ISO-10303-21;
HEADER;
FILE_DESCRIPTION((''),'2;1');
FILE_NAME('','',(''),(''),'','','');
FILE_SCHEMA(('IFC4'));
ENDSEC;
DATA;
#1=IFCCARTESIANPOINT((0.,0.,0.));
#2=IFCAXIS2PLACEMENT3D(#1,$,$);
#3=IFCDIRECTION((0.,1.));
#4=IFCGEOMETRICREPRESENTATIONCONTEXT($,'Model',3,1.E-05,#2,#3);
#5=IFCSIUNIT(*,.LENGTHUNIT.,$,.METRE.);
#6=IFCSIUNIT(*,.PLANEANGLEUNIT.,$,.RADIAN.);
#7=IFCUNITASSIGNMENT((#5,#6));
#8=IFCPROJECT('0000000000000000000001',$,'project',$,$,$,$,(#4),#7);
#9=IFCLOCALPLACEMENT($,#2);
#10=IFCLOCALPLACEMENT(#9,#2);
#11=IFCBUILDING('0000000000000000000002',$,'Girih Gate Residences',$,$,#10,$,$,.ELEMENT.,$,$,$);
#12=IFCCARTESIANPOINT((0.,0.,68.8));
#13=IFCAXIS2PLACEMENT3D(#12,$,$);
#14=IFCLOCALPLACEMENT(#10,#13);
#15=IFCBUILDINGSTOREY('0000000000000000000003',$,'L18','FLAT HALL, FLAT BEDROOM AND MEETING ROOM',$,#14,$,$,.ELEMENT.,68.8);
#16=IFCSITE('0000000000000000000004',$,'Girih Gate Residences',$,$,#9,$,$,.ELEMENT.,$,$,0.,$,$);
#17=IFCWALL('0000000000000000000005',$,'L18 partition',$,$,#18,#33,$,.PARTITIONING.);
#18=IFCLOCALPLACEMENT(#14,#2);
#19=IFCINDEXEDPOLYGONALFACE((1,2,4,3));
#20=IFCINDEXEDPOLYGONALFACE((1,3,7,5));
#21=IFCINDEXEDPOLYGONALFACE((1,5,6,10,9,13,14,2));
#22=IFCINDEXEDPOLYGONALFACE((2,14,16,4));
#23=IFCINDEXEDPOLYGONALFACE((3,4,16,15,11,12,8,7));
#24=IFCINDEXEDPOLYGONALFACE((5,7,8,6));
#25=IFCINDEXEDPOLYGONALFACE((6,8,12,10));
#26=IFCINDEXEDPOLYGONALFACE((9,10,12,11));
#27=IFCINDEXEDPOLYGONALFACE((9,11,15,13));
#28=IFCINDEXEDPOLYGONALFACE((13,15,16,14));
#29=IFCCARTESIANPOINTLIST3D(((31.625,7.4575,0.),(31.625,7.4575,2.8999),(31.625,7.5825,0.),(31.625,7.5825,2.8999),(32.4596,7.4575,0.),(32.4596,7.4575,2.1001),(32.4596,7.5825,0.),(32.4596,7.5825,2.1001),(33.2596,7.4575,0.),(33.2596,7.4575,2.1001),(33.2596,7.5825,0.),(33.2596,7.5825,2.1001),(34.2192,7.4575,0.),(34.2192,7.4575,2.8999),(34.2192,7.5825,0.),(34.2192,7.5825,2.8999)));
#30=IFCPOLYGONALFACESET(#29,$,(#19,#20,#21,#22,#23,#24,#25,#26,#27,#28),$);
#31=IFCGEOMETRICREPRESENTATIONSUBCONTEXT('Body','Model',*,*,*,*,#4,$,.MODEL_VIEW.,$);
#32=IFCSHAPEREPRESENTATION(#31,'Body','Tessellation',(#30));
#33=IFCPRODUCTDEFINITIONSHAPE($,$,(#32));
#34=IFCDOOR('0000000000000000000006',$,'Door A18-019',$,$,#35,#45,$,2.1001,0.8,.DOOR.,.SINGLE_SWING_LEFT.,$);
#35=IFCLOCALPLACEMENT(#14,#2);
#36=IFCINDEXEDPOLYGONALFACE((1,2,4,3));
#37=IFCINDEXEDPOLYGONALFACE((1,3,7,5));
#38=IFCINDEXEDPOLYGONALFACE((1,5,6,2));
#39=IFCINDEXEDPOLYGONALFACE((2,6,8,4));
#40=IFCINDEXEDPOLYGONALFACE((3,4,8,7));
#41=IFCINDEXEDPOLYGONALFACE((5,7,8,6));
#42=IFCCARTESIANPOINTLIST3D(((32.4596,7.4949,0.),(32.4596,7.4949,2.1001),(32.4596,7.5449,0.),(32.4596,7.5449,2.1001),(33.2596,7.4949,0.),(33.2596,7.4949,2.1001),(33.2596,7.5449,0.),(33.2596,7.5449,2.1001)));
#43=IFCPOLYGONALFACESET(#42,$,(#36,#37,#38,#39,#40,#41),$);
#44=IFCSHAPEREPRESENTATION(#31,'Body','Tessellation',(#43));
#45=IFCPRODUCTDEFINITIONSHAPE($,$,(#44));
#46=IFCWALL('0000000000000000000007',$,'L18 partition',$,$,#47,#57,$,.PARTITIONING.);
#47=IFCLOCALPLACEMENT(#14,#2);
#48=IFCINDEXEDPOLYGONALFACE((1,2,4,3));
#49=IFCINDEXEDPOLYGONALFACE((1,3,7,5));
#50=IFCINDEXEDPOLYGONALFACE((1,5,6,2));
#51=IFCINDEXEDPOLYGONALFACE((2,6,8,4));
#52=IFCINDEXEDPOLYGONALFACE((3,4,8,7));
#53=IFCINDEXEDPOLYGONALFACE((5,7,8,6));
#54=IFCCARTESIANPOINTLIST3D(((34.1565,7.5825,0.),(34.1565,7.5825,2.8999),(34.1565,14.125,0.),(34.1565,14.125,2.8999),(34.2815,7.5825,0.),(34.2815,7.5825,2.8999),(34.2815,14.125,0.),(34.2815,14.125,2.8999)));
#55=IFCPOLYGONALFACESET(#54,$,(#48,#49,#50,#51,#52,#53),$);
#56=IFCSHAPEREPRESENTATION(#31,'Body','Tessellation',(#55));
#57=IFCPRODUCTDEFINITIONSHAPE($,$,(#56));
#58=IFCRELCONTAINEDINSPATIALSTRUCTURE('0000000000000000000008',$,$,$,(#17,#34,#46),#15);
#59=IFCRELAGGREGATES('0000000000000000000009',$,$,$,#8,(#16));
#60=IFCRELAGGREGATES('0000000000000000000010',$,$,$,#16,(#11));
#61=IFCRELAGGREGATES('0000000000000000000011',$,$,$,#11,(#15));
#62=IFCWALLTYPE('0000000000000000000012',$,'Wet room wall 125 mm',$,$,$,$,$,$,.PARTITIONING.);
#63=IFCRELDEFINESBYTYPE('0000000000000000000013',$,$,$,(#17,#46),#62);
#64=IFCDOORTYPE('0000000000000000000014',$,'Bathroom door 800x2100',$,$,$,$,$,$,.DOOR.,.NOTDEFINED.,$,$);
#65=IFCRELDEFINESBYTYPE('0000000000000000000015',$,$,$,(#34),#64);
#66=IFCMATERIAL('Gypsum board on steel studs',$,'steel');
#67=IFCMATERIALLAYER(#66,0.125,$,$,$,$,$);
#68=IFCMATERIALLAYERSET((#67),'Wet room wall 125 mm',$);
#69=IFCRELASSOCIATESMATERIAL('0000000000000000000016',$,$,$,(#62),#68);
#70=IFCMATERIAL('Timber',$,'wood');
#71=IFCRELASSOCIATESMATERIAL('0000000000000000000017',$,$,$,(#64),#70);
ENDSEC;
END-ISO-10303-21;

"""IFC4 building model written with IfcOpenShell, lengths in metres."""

from ifc_helpers import new_model, si_unit, direction, frame, frame_2d, origin, place, context, subcontext, project, spatial, rectangle, extrude, material, layer, layer_set, type_object, element, fill, save


model = new_model("IFC4")

# Units and contexts
model_context = context("Model", 3, precision=1e-05, world=origin(), true_north=direction((0.0, 1.0)))
body_context = subcontext(model_context, "Body", "Model", "MODEL_VIEW")
ifc_project = project(units=[si_unit("LENGTHUNIT", "METRE"), si_unit("PLANEANGLEUNIT", "RADIAN")], contexts=[model_context])

# Site, building, storey
site_placement = place(None, origin())
site = spatial("IfcSite", under=ifc_project, at=site_placement, Name="Girih Gate Residences", CompositionType="ELEMENT", RefElevation=0.0)
building_placement = place(site_placement, origin())
building = spatial("IfcBuilding", under=site, at=building_placement, Name="Girih Gate Residences", CompositionType="ELEMENT")
storey_placement = place(building_placement, frame((0.0, 0.0, 68.8)))
storey = spatial("IfcBuildingStorey", under=building, at=storey_placement, Name="L18", Description="FLAT HALL, FLAT BEDROOM AND MEETING ROOM", CompositionType="ELEMENT", Elevation=68.8)

# Shared definitions
ifc_material_1 = material(Name="Gypsum board on steel studs", Category="steel")

# Shared definitions
ifc_material_2 = material(Name="Timber", Category="wood")

# Wall, opening, door
ifc_layer_1 = layer(ifc_material_1, 0.125)
ifc_layer_set_1 = layer_set([ifc_layer_1], Name="Wet room wall 125 mm")
wall_type_1 = type_object("IfcWallType", Name="Wet room wall 125 mm", PredefinedType="PARTITIONING", material=ifc_layer_set_1)
wall_1_placement = place(storey_placement, frame((31.625, 7.52, 0.0), z_axis=(0.0, 0.0, 1.0), x_axis=(1.0, 0.0, 0.0)))
wall_1 = element("IfcWall", 1, at=wall_1_placement, inside=storey, type_object=wall_type_1, Name="L18 partition", PredefinedType="PARTITIONING", context=body_context, shape_type="SweptSolid", body=[
    extrude(rectangle(XDim=2.5942, YDim=0.125, at=frame_2d((1.2971, 0.0))), origin(), (0.0, 0.0, 1.0), 2.8999),
])
opening_1_placement = place(wall_1_placement, frame((0.8347, 0.0, 0.0)))
opening_1 = element("IfcOpeningElement", 2, at=opening_1_placement, cuts=wall_1, PredefinedType="OPENING", context=body_context, shape_type="SweptSolid", body=[
    extrude(rectangle(XDim=0.8, YDim=2.1001, at=frame_2d((0.3999, 1.05))), frame((0.0, 0.0725, 0.0), z_axis=(0.0, -1.0, 0.0), x_axis=(1.0, 0.0, 0.0)), (0.0, 0.0, 1.0), 0.145),
])
door_type_1 = type_object("IfcDoorType", Name="Bathroom door 800x2100", OperationType="NOTDEFINED", PredefinedType="DOOR", material=ifc_material_2)
door_1_placement = place(opening_1_placement, origin())
door_1 = element("IfcDoor", 3, at=door_1_placement, inside=storey, type_object=door_type_1, Name="Door A18-019", OperationType="SINGLE_SWING_LEFT", OverallHeight=2.1001, OverallWidth=0.8, PredefinedType="DOOR", context=body_context, shape_type="SweptSolid", body=[
    extrude(rectangle(XDim=0.8, YDim=2.1001, at=frame_2d((0.3999, 1.05))), frame((0.0, 0.0249, 0.0), z_axis=(0.0, -1.0, 0.0), x_axis=(1.0, 0.0, 0.0)), (0.0, 0.0, 1.0), 0.05),
])
fill(opening_1, door_1)

# Wall
wall_2_placement = place(storey_placement, frame((34.219, 7.5825, 0.0), z_axis=(0.0, 0.0, 1.0), x_axis=(0.0, 1.0, 0.0)))
element("IfcWall", 4, at=wall_2_placement, inside=storey, type_object=wall_type_1, Name="L18 partition", PredefinedType="PARTITIONING", context=body_context, shape_type="SweptSolid", body=[
    extrude(rectangle(XDim=6.5425, YDim=0.125, at=frame_2d((3.2712, 0.0))), origin(), (0.0, 0.0, 1.0), 2.8999),
])

save(model, "model.ifc")
